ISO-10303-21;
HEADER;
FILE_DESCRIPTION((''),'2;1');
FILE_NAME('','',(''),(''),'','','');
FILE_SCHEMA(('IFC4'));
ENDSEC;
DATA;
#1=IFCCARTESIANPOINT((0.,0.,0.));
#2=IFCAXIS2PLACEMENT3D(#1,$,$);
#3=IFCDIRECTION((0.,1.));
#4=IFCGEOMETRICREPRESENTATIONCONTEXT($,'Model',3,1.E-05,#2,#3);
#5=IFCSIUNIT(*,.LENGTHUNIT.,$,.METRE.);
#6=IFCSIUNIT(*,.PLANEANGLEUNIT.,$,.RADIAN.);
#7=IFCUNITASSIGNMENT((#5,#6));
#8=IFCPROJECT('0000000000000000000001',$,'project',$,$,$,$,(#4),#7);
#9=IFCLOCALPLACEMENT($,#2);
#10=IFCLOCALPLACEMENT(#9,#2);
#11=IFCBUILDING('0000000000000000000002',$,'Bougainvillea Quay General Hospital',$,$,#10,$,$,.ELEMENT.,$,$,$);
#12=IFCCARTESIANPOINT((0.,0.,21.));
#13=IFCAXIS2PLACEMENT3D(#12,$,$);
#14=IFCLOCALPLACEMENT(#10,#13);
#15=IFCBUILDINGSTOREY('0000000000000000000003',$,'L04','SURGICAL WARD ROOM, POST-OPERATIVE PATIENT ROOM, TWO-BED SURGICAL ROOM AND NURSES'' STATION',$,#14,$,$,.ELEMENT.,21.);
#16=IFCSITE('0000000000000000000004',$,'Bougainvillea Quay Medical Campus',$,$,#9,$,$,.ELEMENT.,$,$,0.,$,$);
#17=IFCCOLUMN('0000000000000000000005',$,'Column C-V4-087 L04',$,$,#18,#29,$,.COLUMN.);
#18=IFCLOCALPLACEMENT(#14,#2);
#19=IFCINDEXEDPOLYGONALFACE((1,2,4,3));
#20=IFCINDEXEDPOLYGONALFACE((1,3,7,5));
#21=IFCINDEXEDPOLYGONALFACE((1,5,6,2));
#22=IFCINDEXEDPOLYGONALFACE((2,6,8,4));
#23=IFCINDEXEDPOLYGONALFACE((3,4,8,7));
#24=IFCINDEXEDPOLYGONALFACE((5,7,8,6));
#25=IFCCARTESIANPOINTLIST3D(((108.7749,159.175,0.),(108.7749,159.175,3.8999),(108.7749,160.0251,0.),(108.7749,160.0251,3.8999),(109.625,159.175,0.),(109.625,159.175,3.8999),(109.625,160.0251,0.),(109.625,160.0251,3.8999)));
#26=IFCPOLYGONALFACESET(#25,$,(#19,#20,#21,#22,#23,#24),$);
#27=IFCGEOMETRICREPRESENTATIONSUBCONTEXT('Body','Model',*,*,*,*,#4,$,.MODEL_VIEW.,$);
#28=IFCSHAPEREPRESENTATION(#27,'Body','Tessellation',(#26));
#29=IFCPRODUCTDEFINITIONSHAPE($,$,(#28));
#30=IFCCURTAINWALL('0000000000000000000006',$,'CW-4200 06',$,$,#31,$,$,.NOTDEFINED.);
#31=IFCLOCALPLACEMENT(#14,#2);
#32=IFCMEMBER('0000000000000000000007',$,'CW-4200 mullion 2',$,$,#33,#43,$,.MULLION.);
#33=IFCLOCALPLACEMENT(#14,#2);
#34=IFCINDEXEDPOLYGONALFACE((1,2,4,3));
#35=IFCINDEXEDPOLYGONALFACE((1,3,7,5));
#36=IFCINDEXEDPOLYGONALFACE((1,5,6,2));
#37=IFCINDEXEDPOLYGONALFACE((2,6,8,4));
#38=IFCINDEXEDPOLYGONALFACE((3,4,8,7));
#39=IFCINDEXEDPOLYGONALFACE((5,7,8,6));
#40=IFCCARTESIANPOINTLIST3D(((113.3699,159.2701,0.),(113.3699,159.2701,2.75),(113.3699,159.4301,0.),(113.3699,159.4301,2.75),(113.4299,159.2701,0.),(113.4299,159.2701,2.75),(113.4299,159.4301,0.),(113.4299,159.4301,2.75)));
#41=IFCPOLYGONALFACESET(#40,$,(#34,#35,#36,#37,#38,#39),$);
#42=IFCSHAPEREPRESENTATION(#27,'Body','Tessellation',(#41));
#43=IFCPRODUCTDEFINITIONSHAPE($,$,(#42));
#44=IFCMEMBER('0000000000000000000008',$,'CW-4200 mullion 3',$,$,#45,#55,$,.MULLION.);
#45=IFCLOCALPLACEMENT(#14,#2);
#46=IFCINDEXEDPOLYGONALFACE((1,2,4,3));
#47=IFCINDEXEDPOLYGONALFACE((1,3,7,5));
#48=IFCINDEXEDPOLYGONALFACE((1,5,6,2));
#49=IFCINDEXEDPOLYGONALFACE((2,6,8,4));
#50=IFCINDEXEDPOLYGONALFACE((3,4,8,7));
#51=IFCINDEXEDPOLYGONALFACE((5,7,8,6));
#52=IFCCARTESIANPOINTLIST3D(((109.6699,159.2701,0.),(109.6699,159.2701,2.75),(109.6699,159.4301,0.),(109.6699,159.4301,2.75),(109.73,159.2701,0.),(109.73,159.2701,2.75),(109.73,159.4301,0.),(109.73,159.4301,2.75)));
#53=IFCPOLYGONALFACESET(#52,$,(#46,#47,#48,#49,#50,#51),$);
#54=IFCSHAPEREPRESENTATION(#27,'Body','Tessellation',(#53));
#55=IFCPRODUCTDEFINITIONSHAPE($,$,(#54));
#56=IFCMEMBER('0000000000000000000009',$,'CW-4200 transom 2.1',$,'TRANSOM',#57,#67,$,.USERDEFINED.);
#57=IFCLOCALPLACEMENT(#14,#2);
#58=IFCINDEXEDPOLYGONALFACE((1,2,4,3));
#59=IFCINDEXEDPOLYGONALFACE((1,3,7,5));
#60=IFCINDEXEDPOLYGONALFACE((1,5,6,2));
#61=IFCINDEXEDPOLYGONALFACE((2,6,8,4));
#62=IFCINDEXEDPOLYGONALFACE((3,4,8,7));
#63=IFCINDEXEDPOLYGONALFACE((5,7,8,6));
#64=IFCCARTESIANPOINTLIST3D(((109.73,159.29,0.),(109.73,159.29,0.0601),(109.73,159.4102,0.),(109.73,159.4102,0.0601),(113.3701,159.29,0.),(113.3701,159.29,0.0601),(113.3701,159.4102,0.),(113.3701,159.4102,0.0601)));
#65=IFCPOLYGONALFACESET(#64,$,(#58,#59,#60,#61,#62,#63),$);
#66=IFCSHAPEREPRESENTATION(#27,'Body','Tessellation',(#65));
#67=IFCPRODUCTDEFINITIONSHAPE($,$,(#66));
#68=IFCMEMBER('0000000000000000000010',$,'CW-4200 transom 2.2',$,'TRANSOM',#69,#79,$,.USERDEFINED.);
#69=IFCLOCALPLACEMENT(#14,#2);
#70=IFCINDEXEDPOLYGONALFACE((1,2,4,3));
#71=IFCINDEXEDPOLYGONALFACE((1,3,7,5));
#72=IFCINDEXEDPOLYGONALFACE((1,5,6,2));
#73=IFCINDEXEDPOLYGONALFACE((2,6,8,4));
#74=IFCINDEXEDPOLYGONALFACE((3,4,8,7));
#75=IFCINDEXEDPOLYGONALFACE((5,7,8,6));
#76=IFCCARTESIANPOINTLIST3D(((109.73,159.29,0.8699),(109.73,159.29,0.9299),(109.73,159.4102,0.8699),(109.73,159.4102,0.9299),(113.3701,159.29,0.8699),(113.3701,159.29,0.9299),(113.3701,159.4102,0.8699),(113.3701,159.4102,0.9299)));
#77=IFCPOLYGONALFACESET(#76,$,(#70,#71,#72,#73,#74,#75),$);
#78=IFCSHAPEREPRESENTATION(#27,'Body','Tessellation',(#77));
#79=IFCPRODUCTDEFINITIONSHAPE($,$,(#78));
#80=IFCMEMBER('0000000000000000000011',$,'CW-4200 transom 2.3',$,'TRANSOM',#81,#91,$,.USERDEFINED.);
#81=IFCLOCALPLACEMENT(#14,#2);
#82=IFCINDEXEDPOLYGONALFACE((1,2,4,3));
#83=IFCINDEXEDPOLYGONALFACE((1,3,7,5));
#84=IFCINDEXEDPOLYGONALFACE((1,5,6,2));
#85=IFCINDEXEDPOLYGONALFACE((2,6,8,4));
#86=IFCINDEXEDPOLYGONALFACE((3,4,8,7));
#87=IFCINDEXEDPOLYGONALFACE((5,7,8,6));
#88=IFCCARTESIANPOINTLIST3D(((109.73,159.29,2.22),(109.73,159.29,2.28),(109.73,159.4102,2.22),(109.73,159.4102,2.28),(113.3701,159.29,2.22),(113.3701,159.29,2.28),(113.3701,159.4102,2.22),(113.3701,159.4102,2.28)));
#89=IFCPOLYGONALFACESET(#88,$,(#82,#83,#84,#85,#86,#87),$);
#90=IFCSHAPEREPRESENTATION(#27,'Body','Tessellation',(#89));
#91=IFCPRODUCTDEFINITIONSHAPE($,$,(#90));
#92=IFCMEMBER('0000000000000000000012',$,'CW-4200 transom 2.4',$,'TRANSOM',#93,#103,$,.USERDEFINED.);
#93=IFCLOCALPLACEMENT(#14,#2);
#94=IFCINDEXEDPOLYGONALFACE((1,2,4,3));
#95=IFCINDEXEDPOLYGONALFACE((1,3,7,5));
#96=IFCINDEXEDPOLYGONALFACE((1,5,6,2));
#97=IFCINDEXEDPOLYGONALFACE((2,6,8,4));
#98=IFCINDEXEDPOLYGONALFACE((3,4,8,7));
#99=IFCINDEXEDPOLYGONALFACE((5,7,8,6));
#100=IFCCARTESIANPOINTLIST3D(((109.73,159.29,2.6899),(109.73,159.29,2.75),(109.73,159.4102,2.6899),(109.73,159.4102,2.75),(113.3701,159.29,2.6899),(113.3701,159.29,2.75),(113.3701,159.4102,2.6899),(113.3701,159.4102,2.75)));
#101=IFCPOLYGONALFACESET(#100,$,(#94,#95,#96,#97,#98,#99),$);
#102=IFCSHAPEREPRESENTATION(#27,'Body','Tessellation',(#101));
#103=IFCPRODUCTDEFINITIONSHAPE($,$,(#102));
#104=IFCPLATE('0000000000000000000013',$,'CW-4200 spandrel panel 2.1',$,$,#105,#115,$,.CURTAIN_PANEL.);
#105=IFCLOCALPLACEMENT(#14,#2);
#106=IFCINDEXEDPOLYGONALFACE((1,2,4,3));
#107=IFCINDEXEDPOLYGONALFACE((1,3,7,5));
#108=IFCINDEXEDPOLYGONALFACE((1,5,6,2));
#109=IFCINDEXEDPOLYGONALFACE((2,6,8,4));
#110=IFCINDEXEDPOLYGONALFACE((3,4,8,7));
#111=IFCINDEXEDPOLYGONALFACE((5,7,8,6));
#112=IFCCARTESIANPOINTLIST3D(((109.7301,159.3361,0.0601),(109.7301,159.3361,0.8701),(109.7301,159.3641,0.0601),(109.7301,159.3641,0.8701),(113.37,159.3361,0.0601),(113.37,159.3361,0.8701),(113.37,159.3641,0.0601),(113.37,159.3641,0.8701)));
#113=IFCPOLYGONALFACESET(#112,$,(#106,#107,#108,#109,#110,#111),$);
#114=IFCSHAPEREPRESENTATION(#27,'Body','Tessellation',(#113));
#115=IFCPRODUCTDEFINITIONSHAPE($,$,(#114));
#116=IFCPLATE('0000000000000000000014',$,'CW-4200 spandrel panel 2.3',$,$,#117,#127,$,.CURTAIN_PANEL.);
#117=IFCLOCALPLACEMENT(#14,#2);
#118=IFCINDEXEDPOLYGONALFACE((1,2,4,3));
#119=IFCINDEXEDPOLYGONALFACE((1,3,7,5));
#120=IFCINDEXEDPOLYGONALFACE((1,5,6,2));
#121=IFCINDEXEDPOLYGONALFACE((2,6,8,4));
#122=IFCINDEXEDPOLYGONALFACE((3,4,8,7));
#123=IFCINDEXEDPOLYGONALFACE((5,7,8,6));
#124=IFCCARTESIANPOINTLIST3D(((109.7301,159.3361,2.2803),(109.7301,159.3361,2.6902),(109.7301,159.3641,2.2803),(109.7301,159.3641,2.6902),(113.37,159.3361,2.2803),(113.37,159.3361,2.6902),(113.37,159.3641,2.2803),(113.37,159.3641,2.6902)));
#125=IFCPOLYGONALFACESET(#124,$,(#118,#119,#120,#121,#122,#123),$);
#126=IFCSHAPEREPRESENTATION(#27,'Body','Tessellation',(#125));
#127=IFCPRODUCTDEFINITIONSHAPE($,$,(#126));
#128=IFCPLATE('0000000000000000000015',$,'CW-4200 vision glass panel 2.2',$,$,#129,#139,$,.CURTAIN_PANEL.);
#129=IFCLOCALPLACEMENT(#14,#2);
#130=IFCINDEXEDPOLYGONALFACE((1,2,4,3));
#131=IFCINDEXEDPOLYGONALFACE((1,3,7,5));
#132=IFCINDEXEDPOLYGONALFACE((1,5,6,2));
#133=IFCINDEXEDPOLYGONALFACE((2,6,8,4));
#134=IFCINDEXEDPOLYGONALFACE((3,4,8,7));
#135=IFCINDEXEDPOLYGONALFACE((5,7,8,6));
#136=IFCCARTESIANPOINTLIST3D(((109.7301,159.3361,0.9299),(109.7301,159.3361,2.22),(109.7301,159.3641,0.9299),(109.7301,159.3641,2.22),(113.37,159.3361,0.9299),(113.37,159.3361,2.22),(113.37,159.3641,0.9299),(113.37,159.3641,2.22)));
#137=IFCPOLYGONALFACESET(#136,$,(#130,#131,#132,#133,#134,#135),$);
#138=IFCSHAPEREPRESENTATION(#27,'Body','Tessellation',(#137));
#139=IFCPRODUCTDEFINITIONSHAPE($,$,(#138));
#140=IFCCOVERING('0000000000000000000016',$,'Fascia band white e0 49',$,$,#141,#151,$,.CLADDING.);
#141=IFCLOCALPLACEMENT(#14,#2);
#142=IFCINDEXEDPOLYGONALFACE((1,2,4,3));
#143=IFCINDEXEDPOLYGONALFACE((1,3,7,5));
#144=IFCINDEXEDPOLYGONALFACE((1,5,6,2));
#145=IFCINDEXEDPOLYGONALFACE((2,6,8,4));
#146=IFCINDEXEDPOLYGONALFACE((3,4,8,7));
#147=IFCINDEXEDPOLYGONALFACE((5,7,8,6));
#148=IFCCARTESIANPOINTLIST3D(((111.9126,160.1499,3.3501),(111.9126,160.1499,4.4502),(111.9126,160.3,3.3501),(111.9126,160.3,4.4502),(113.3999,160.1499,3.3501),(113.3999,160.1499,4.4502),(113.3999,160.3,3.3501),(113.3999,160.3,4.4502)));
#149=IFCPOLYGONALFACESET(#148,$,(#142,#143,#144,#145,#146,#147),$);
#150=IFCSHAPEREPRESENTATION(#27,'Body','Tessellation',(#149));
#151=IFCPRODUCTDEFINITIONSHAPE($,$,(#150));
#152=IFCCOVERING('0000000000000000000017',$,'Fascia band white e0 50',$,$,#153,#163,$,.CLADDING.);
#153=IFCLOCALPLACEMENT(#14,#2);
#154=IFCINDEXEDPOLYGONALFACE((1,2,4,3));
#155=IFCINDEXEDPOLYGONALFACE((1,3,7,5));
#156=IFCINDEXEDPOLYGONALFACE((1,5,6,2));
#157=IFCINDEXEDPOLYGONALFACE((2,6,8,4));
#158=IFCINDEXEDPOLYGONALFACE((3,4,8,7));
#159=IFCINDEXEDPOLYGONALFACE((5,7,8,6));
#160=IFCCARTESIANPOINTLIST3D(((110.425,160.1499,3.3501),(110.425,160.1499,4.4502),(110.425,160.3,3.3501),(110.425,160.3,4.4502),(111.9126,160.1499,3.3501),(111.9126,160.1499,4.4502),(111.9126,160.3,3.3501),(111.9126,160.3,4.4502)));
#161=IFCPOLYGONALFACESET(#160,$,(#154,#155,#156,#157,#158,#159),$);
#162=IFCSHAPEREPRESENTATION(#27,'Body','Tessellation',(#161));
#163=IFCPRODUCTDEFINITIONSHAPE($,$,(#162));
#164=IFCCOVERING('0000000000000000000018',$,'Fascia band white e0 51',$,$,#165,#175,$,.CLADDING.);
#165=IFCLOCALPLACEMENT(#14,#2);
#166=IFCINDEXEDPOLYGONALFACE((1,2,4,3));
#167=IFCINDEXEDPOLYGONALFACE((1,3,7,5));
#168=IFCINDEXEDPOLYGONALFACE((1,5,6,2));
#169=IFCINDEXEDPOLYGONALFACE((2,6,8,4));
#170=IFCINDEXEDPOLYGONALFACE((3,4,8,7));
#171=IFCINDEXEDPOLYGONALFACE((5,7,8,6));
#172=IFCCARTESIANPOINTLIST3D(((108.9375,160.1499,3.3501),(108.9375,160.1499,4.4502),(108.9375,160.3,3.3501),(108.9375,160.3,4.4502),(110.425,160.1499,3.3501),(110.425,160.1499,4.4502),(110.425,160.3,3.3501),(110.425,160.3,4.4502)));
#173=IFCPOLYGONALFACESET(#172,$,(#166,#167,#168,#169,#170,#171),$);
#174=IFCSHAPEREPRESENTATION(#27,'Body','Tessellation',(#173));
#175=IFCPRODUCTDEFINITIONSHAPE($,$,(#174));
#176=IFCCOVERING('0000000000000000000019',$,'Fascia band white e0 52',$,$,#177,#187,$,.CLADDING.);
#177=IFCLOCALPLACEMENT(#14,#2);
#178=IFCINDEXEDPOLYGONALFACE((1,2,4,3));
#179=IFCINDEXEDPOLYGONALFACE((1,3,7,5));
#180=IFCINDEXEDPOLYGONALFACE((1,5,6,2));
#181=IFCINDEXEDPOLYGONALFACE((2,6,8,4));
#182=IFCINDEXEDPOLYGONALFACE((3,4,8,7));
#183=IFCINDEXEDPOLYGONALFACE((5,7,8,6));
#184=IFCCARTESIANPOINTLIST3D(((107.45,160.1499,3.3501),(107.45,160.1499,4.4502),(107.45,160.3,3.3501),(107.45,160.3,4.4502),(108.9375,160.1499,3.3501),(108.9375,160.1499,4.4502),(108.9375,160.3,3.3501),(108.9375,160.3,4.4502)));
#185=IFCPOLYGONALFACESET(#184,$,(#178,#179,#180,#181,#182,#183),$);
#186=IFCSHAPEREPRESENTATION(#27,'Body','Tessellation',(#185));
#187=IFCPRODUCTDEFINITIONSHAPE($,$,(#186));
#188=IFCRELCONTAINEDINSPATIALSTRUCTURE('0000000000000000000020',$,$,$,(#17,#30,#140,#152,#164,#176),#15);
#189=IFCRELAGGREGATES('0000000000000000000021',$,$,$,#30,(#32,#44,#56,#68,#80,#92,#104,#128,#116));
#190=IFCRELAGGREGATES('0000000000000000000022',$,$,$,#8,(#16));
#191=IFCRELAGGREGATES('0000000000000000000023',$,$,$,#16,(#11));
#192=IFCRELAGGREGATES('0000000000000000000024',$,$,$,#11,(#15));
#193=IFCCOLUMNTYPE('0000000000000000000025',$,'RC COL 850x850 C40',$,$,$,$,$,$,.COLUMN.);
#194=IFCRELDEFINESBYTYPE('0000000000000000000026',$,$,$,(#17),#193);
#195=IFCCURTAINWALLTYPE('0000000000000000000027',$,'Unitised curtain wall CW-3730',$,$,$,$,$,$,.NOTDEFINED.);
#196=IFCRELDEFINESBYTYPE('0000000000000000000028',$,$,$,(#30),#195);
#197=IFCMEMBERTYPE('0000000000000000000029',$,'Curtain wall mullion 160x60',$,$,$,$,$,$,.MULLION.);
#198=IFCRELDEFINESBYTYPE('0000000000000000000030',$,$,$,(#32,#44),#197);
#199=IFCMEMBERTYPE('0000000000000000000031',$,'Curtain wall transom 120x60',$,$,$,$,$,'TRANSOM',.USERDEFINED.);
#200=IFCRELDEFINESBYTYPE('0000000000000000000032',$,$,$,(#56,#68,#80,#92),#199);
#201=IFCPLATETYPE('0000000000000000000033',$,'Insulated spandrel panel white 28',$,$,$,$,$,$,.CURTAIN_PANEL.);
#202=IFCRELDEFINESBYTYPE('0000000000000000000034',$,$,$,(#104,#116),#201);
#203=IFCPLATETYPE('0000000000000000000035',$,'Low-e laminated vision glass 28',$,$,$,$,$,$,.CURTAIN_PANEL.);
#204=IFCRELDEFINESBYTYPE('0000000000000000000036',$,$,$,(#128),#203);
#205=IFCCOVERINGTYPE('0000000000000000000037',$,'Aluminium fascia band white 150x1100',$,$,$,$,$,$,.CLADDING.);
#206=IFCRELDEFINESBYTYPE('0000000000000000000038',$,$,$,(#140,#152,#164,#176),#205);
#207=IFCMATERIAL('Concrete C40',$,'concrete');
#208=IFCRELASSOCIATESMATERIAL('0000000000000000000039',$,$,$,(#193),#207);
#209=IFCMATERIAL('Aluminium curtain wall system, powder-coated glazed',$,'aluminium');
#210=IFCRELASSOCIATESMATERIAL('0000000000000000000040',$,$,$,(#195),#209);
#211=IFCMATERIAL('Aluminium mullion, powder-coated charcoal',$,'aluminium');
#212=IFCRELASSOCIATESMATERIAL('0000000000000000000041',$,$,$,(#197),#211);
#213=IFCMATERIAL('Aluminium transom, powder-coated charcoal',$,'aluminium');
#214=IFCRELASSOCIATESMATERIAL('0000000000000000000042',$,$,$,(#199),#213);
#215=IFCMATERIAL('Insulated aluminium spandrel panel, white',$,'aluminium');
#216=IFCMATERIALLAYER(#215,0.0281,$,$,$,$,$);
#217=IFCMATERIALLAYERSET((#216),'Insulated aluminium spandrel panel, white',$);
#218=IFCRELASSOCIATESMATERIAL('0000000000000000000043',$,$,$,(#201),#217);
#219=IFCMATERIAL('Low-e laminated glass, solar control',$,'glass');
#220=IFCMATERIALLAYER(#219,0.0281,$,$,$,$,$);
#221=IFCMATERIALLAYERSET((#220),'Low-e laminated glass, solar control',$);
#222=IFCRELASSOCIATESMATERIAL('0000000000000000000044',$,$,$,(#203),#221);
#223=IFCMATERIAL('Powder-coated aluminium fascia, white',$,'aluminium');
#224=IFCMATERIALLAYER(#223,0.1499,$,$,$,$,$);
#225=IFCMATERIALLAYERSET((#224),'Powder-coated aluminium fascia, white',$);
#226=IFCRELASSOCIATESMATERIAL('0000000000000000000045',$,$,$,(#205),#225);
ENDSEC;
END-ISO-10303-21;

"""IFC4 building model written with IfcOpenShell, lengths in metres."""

from ifc_helpers import new_model, si_unit, direction, frame, origin, origin_2d, place, context, subcontext, project, spatial, polyline, rectangle, outline, extrude, material, layer, layer_set, material_profile, profile_set, type_object, element, aggregate, save


model = new_model("IFC4")

# Units and contexts
model_context = context("Model", 3, precision=1e-05, world=origin(), true_north=direction((0.0, 1.0)))
body_context = subcontext(model_context, "Body", "Model", "MODEL_VIEW")
ifc_project = project(units=[si_unit("LENGTHUNIT", "METRE"), si_unit("PLANEANGLEUNIT", "RADIAN")], contexts=[model_context])

# Site, building, storey
site_placement = place(None, origin())
site = spatial("IfcSite", under=ifc_project, at=site_placement, Name="Bougainvillea Quay Medical Campus", CompositionType="ELEMENT", RefElevation=0.0)
building_placement = place(site_placement, origin())
building = spatial("IfcBuilding", under=site, at=building_placement, Name="Bougainvillea Quay General Hospital", CompositionType="ELEMENT")
storey_placement = place(building_placement, frame((0.0, 0.0, 21.0)))
storey = spatial("IfcBuildingStorey", under=building, at=storey_placement, Name="L04", Description="SURGICAL WARD ROOM, POST-OPERATIVE PATIENT ROOM, TWO-BED SURGICAL ROOM AND NURSES' STATION", CompositionType="ELEMENT", Elevation=21.0)

# Column
ifc_material_1 = material(Name="Concrete C40", Category="concrete")
ifc_material_profile_1 = material_profile(ifc_material_1, rectangle(XDim=0.8501, YDim=0.8501, at=origin_2d()))
ifc_profile_set_1 = profile_set([ifc_material_profile_1], Name="Concrete C40")
column_type = type_object("IfcColumnType", Name="RC COL 850x850 C40", PredefinedType="COLUMN", material=ifc_profile_set_1)
column_placement = place(storey_placement, frame((109.2, 159.6001, 0.0), z_axis=(0.0, 0.0, 1.0), x_axis=(1.0, 0.0, 0.0)))
element("IfcColumn", 1, at=column_placement, inside=storey, type_object=column_type, Name="Column C-V4-087 L04", PredefinedType="COLUMN", context=body_context, shape_type="SweptSolid", body=[
    extrude(rectangle(XDim=0.8501, YDim=0.8501, at=origin_2d()), origin(), (0.0, 0.0, 1.0), 3.8999),
])

# Curtain wall, members, plates
ifc_material_2 = material(Name="Aluminium curtain wall system, powder-coated glazed", Category="aluminium")
curtain_wall_type = type_object("IfcCurtainWallType", Name="Unitised curtain wall CW-3730", PredefinedType="NOTDEFINED", material=ifc_material_2)
curtain_wall_placement = place(storey_placement, origin())
curtain_wall = element("IfcCurtainWall", 2, at=curtain_wall_placement, inside=storey, type_object=curtain_wall_type, Name="CW-4200 06", PredefinedType="NOTDEFINED")
ifc_material_3 = material(Name="Aluminium mullion, powder-coated charcoal", Category="aluminium")
ifc_material_profile_2 = material_profile(ifc_material_3, rectangle(XDim=0.1599, YDim=0.0601, at=origin_2d()))
ifc_profile_set_2 = profile_set([ifc_material_profile_2], Name="Aluminium mullion, powder-coated charcoal")
member_type_1 = type_object("IfcMemberType", Name="Curtain wall mullion 160x60", PredefinedType="MULLION", material=ifc_profile_set_2)
member_1_placement = place(storey_placement, frame((113.3999, 159.3501, 0.0), z_axis=(0.0, 0.0, 1.0), x_axis=(0.0, -1.0, 0.0)))
member_1 = element("IfcMember", 3, at=member_1_placement, type_object=member_type_1, Name="CW-4200 mullion 2", PredefinedType="MULLION", context=body_context, shape_type="SweptSolid", body=[
    extrude(rectangle(XDim=0.1599, YDim=0.0601, at=origin_2d()), origin(), (0.0, 0.0, 1.0), 2.75),
])
member_2_placement = place(storey_placement, frame((109.7, 159.3501, 0.0), z_axis=(0.0, 0.0, 1.0), x_axis=(0.0, -1.0, 0.0)))
member_2 = element("IfcMember", 4, at=member_2_placement, type_object=member_type_1, Name="CW-4200 mullion 3", PredefinedType="MULLION", context=body_context, shape_type="SweptSolid", body=[
    extrude(rectangle(XDim=0.1599, YDim=0.0601, at=origin_2d()), origin(), (0.0, 0.0, 1.0), 2.75),
])
ifc_material_4 = material(Name="Aluminium transom, powder-coated charcoal", Category="aluminium")
ifc_material_profile_3 = material_profile(ifc_material_4, rectangle(XDim=0.1201, YDim=0.0601, at=origin_2d()))
ifc_profile_set_3 = profile_set([ifc_material_profile_3], Name="Aluminium transom, powder-coated charcoal")
member_type_2 = type_object("IfcMemberType", Name="Curtain wall transom 120x60", ElementType="TRANSOM", PredefinedType="USERDEFINED", material=ifc_profile_set_3)
member_3_placement = place(storey_placement, frame((113.3701, 159.3501, 0.03), z_axis=(-1.0, 0.0, 0.0), x_axis=(0.0, -1.0, 0.0)))
member_3 = element("IfcMember", 5, at=member_3_placement, type_object=member_type_2, Name="CW-4200 transom 2.1", ObjectType="TRANSOM", PredefinedType="USERDEFINED", context=body_context, shape_type="SweptSolid", body=[
    extrude(rectangle(XDim=0.1201, YDim=0.0601, at=origin_2d()), origin(), (0.0, 0.0, 1.0), 3.6401),
])
member_4_placement = place(storey_placement, frame((113.3701, 159.3501, 0.8999), z_axis=(-1.0, 0.0, 0.0), x_axis=(0.0, -1.0, 0.0)))
member_4 = element("IfcMember", 6, at=member_4_placement, type_object=member_type_2, Name="CW-4200 transom 2.2", ObjectType="TRANSOM", PredefinedType="USERDEFINED", context=body_context, shape_type="SweptSolid", body=[
    extrude(rectangle(XDim=0.1201, YDim=0.0601, at=origin_2d()), origin(), (0.0, 0.0, 1.0), 3.6401),
])
member_5_placement = place(storey_placement, frame((113.3701, 159.3501, 2.25), z_axis=(-1.0, 0.0, 0.0), x_axis=(0.0, -1.0, 0.0)))
member_5 = element("IfcMember", 7, at=member_5_placement, type_object=member_type_2, Name="CW-4200 transom 2.3", ObjectType="TRANSOM", PredefinedType="USERDEFINED", context=body_context, shape_type="SweptSolid", body=[
    extrude(rectangle(XDim=0.1201, YDim=0.0601, at=origin_2d()), origin(), (0.0, 0.0, 1.0), 3.6401),
])
member_6_placement = place(storey_placement, frame((113.3701, 159.3501, 2.72), z_axis=(-1.0, 0.0, 0.0), x_axis=(0.0, -1.0, 0.0)))
member_6 = element("IfcMember", 8, at=member_6_placement, type_object=member_type_2, Name="CW-4200 transom 2.4", ObjectType="TRANSOM", PredefinedType="USERDEFINED", context=body_context, shape_type="SweptSolid", body=[
    extrude(rectangle(XDim=0.1201, YDim=0.0601, at=origin_2d()), origin(), (0.0, 0.0, 1.0), 3.6401),
])
ifc_material_5 = material(Name="Insulated aluminium spandrel panel, white", Category="aluminium")
ifc_layer_1 = layer(ifc_material_5, 0.0281)
ifc_layer_set_1 = layer_set([ifc_layer_1], Name="Insulated aluminium spandrel panel, white")
plate_type_1 = type_object("IfcPlateType", Name="Insulated spandrel panel white 28", PredefinedType="CURTAIN_PANEL", material=ifc_layer_set_1)
plate_1_placement = place(storey_placement, frame((111.55, 159.3501, 0.0601), z_axis=(0.0, 0.0, 1.0), x_axis=(-1.0, 0.0, 0.0)))
plate_1 = element("IfcPlate", 9, at=plate_1_placement, type_object=plate_type_1, Name="CW-4200 spandrel panel 2.1", PredefinedType="CURTAIN_PANEL", context=body_context, shape_type="SweptSolid", body=[
    extrude(rectangle(XDim=3.6399, YDim=0.0281, at=origin_2d()), origin(), (0.0, 0.0, 1.0), 0.8101),
])
plate_2_placement = place(storey_placement, frame((111.55, 159.3501, 2.2803), z_axis=(0.0, 0.0, 1.0), x_axis=(-1.0, 0.0, 0.0)))
plate_2 = element("IfcPlate", 10, at=plate_2_placement, type_object=plate_type_1, Name="CW-4200 spandrel panel 2.3", PredefinedType="CURTAIN_PANEL", context=body_context, shape_type="SweptSolid", body=[
    extrude(rectangle(XDim=3.6399, YDim=0.0281, at=origin_2d()), origin(), (0.0, 0.0, 1.0), 0.4099),
])
ifc_material_6 = material(Name="Low-e laminated glass, solar control", Category="glass")
ifc_layer_2 = layer(ifc_material_6, 0.0281)
ifc_layer_set_2 = layer_set([ifc_layer_2], Name="Low-e laminated glass, solar control")
plate_type_2 = type_object("IfcPlateType", Name="Low-e laminated vision glass 28", PredefinedType="CURTAIN_PANEL", material=ifc_layer_set_2)
plate_3_placement = place(storey_placement, frame((111.55, 159.3501, 0.9299), z_axis=(0.0, 0.0, 1.0), x_axis=(-1.0, 0.0, 0.0)))
plate_3 = element("IfcPlate", 11, at=plate_3_placement, type_object=plate_type_2, Name="CW-4200 vision glass panel 2.2", PredefinedType="CURTAIN_PANEL", context=body_context, shape_type="SweptSolid", body=[
    extrude(rectangle(XDim=3.6399, YDim=0.0281, at=origin_2d()), origin(), (0.0, 0.0, 1.0), 1.29),
])
aggregate(curtain_wall, [member_1, member_2, member_3, member_4, member_5, member_6, plate_1, plate_3, plate_2])

# Coverings
ifc_material_7 = material(Name="Powder-coated aluminium fascia, white", Category="aluminium")
ifc_layer_3 = layer(ifc_material_7, 0.1499)
ifc_layer_set_3 = layer_set([ifc_layer_3], Name="Powder-coated aluminium fascia, white")
covering_type = type_object("IfcCoveringType", Name="Aluminium fascia band white 150x1100", PredefinedType="CLADDING", material=ifc_layer_set_3)
covering_1_placement = place(storey_placement, frame((113.3999, 160.1499, 3.3501), z_axis=(0.0, 0.0, 1.0), x_axis=(-1.0, 0.0, 0.0)))
element("IfcCovering", 12, at=covering_1_placement, inside=storey, type_object=covering_type, Name="Fascia band white e0 49", PredefinedType="CLADDING", context=body_context, shape_type="SweptSolid", body=[
    extrude(outline(polyline([(0.0, 0.0), (1.4873, 0.0), (1.4873, -0.1501), (0.0, -0.1501), (0.0, 0.0)])), origin(), (0.0, 0.0, 1.0), 1.1001),
])
for number, where, z_axis, x_axis, name in (
    (13, (111.9126, 160.1499, 3.3501), (0.0, 0.0, 1.0), (-1.0, 0.0, 0.0), "Fascia band white e0 50"),
    (14, (110.425, 160.1499, 3.3501), (0.0, 0.0, 1.0), (-1.0, 0.0, 0.0), "Fascia band white e0 51"),
    (15, (108.9375, 160.1499, 3.3501), (0.0, 0.0, 1.0), (-1.0, 0.0, 0.0), "Fascia band white e0 52"),
):
    element("IfcCovering", number, at=place(storey_placement, frame(where, z_axis=z_axis, x_axis=x_axis)), inside=storey, type_object=covering_type, Name=name, PredefinedType="CLADDING", context=body_context, shape_type="SweptSolid", body=[
        extrude(outline(polyline([(0.0, 0.0), (1.4875, 0.0), (1.4875, -0.1501), (0.0, -0.1501), (0.0, 0.0)])), origin(), (0.0, 0.0, 1.0), 1.1001),
    ])

save(model, "model.ifc")
